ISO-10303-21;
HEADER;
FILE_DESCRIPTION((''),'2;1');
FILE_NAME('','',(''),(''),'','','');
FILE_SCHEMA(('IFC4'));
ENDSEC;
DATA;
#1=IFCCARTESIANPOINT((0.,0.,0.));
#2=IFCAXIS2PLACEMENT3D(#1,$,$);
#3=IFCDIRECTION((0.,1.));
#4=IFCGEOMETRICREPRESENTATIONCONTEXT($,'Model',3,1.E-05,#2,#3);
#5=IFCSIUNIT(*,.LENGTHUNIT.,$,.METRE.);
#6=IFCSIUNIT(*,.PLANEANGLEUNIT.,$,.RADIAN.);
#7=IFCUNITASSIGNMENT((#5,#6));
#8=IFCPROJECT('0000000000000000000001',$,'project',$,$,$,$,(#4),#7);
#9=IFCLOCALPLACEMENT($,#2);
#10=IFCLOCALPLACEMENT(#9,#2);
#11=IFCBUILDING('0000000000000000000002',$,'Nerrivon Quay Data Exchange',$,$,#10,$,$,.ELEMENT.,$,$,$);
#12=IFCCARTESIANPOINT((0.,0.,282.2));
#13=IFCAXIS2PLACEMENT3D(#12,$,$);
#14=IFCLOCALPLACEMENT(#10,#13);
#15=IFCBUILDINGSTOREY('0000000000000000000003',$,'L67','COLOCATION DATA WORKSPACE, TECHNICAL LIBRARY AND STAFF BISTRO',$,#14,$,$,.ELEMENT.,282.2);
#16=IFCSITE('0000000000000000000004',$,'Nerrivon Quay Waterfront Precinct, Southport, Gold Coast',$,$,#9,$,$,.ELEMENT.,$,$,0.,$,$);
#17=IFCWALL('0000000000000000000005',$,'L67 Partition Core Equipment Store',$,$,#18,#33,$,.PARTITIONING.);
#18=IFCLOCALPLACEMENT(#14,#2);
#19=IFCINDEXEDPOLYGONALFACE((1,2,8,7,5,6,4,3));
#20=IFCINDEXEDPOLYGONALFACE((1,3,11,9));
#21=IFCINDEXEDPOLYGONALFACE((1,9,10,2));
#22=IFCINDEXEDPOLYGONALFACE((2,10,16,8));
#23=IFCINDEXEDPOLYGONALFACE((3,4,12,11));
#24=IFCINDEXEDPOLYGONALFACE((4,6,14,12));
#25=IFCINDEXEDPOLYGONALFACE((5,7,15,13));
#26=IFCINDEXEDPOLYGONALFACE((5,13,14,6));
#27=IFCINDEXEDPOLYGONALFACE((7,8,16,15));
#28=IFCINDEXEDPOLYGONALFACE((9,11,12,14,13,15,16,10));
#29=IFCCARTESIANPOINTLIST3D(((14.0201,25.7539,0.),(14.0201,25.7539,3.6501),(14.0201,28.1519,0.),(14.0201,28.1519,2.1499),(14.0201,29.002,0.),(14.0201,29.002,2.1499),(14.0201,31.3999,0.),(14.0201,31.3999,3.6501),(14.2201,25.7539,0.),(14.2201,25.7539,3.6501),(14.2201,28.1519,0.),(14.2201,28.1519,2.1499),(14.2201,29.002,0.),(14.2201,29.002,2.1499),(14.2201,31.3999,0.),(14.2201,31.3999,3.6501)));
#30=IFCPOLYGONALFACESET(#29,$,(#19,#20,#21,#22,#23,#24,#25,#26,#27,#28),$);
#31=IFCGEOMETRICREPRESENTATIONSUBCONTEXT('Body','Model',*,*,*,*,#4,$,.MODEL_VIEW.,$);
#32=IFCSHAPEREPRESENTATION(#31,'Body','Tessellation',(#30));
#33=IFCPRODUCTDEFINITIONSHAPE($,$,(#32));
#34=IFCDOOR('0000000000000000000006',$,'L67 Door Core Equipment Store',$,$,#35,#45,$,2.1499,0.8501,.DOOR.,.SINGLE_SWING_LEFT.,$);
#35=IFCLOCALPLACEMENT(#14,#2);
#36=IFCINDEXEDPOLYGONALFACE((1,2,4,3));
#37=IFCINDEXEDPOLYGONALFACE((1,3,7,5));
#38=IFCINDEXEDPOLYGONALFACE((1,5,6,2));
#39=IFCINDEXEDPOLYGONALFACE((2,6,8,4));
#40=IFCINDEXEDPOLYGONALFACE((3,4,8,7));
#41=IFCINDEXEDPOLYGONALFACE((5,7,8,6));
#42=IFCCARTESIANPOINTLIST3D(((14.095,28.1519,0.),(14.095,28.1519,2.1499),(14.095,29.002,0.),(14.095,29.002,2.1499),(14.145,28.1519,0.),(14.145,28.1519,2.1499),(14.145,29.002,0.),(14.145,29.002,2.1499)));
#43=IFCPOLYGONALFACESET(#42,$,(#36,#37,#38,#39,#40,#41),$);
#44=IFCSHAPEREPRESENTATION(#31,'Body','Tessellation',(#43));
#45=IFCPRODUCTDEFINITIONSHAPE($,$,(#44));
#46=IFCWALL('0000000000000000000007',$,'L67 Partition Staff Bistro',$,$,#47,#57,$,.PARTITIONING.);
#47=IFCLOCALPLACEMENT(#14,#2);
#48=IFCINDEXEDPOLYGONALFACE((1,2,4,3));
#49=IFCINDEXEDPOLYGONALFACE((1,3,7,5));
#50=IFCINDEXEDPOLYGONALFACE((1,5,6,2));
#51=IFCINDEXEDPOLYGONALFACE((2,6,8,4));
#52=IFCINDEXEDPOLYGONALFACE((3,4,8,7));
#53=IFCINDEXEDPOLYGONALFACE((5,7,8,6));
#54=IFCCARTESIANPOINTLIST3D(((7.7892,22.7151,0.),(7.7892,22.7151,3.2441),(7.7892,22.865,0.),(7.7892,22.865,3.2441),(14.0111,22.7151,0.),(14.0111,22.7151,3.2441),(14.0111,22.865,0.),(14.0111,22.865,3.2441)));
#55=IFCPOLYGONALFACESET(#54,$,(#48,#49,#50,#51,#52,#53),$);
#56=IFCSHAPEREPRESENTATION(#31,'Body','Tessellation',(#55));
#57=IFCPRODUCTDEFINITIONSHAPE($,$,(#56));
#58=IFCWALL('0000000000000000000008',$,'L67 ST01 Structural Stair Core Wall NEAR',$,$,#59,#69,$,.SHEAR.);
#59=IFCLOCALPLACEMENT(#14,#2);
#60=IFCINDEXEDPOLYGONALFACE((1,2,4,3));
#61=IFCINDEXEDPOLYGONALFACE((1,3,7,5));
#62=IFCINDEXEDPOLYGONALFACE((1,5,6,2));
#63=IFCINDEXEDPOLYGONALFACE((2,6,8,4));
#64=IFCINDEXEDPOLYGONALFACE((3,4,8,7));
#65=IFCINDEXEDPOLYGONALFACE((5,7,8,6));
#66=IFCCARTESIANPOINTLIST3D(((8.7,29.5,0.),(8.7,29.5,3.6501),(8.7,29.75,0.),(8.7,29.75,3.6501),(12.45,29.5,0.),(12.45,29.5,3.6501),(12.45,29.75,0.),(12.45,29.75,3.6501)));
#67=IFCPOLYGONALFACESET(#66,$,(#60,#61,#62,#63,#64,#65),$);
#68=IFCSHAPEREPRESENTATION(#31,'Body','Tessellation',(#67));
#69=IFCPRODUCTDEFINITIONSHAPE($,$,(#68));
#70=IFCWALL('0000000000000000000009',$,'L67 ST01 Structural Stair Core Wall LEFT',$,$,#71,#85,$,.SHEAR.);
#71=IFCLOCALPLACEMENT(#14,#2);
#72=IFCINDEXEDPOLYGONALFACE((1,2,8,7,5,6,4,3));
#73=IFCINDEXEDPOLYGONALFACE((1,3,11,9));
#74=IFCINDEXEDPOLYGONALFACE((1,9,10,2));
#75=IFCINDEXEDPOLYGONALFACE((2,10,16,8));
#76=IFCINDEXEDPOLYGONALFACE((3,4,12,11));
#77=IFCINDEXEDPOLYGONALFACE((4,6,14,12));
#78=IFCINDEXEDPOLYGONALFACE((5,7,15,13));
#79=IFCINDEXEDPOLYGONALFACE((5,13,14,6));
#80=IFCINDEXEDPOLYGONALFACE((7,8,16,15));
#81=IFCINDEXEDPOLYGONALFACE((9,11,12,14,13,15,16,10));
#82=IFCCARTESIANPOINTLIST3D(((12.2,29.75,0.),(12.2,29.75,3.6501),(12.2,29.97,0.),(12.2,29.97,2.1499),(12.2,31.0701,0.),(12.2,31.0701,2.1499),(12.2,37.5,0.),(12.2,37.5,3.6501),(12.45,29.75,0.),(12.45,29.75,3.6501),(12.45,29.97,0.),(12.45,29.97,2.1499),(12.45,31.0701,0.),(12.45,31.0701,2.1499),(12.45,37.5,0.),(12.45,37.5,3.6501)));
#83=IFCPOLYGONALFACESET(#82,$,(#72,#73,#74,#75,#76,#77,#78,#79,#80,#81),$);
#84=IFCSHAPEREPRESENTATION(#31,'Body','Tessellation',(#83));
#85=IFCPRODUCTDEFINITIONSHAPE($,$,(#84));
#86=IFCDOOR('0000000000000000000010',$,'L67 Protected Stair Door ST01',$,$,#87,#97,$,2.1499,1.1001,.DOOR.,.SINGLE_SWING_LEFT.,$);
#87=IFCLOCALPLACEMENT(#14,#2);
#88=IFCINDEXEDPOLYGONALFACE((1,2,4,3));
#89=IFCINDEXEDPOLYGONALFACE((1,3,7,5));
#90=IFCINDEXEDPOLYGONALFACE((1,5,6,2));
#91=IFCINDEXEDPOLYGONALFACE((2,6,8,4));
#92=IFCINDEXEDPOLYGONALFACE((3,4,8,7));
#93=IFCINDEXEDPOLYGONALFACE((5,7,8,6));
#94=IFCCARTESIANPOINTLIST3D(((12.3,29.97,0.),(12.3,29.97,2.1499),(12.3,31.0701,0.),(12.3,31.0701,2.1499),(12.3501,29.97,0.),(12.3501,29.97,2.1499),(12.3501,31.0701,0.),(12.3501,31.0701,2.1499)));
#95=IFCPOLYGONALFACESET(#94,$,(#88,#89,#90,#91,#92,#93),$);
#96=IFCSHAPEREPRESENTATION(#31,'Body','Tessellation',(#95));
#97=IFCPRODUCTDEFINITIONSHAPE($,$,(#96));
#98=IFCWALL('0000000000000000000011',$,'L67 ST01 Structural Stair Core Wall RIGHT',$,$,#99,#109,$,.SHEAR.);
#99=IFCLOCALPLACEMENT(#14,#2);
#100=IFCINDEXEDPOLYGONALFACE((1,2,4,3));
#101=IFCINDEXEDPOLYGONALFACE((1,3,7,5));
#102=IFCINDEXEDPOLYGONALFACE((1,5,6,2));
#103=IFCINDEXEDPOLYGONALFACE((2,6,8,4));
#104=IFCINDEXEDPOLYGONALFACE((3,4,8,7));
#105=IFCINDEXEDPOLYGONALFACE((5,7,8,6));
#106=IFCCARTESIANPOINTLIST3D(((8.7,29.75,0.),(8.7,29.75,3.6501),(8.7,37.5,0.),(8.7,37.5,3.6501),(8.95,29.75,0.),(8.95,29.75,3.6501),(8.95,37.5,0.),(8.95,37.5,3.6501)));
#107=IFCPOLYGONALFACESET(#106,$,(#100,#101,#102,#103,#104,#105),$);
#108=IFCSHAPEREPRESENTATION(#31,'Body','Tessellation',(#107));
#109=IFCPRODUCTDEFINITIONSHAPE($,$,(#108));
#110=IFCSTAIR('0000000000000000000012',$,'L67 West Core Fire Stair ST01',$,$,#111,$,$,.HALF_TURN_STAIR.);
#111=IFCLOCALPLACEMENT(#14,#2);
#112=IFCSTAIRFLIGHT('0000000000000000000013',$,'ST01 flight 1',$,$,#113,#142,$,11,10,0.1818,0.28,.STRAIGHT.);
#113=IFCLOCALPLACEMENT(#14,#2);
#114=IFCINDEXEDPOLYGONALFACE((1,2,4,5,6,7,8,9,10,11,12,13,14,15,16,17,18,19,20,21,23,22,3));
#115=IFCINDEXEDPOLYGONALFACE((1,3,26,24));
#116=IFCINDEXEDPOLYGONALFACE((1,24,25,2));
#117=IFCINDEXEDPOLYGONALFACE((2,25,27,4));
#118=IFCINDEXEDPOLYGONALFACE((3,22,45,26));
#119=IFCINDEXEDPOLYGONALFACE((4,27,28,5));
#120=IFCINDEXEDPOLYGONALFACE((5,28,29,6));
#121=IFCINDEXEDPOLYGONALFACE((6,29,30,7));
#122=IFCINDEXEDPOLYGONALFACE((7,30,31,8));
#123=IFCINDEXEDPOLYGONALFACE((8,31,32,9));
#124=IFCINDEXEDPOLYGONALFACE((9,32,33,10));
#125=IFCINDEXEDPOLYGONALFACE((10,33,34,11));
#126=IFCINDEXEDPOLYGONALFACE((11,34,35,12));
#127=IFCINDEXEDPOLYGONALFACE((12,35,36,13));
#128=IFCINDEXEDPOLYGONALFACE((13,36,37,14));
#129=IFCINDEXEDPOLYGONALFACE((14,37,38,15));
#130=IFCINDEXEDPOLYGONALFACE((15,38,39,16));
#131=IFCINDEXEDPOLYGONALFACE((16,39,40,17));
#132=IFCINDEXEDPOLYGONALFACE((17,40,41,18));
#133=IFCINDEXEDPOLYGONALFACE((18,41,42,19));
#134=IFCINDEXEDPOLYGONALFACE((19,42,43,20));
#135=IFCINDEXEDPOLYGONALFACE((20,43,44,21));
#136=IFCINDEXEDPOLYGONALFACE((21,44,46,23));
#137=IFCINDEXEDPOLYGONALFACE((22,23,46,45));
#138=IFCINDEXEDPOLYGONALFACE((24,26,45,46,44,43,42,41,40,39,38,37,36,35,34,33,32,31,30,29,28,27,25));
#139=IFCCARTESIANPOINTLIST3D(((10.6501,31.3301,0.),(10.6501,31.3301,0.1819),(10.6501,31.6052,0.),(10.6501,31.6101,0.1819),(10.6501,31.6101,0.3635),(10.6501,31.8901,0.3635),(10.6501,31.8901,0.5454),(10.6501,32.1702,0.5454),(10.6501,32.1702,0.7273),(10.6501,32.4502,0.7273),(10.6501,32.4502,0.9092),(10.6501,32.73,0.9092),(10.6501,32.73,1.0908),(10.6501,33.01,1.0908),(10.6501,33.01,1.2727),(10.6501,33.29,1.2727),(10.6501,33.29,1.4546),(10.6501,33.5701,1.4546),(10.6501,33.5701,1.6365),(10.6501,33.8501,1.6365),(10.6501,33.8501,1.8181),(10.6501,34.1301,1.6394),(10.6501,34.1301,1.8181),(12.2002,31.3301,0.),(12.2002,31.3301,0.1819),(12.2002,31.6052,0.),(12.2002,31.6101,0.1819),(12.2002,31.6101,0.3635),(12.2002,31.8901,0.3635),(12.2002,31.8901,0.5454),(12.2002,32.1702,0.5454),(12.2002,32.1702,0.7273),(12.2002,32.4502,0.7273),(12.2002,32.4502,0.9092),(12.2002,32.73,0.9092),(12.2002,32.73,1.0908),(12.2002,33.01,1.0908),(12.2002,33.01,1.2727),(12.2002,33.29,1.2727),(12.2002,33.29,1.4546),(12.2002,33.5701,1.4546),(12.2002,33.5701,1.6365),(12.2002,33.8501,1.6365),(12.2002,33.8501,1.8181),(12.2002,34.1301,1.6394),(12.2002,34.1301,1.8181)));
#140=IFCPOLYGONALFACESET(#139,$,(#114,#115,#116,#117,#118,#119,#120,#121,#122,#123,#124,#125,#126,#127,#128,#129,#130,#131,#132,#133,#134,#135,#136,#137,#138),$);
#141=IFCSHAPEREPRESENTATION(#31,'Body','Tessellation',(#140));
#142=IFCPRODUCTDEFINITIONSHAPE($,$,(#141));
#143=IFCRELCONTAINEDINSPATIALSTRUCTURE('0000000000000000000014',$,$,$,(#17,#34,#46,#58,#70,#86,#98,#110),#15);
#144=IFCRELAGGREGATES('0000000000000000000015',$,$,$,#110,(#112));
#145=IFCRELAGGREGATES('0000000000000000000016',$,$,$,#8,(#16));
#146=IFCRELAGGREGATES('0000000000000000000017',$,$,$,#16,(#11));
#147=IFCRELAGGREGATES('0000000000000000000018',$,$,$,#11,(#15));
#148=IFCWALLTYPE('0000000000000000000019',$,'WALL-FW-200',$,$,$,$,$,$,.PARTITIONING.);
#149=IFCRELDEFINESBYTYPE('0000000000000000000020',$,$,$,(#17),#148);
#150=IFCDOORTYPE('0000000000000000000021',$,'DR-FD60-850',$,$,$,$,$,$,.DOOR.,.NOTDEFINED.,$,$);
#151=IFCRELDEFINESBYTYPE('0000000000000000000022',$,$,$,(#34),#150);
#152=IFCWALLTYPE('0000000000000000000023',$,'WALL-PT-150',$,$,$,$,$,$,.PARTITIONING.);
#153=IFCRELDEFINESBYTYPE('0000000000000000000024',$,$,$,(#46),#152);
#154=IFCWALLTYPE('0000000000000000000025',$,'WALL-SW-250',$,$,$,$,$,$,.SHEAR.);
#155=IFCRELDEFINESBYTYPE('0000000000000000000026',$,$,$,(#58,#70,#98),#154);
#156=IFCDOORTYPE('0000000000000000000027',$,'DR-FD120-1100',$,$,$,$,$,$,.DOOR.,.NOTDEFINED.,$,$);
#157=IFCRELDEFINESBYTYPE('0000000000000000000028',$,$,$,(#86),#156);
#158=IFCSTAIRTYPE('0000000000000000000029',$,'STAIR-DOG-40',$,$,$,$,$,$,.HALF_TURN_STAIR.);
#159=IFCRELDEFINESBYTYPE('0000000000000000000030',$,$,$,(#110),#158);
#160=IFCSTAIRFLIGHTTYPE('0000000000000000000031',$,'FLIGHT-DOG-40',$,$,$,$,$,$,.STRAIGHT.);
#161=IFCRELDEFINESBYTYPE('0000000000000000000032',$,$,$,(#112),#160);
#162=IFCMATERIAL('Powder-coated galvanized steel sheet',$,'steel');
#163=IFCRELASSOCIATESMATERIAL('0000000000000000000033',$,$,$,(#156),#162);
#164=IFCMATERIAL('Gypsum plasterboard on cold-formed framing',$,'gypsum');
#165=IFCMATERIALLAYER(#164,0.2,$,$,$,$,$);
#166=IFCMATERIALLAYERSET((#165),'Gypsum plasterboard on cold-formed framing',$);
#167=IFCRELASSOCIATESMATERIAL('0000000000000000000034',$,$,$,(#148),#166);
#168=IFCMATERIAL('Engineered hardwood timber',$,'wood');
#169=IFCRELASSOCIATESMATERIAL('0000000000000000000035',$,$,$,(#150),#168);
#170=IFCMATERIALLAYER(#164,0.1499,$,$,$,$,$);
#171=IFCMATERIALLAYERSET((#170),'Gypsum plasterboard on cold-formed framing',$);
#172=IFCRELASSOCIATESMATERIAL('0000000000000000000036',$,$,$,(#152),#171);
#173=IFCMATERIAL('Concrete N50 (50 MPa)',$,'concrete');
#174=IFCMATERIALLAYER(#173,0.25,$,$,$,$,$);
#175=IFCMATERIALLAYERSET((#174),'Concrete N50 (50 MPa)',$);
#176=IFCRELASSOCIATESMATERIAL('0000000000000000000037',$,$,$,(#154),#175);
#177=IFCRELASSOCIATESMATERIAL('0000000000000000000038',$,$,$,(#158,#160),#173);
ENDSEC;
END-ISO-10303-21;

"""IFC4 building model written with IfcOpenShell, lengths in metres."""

from ifc_helpers import new_model, si_unit, direction, frame, frame_2d, origin, place, context, subcontext, project, spatial, polyline, rectangle, outline, extrude, material, layer, layer_set, type_object, element, fill, aggregate, save


model = new_model("IFC4")

# Units and contexts
model_context = context("Model", 3, precision=1e-05, world=origin(), true_north=direction((0.0, 1.0)))
body_context = subcontext(model_context, "Body", "Model", "MODEL_VIEW")
ifc_project = project(units=[si_unit("LENGTHUNIT", "METRE"), si_unit("PLANEANGLEUNIT", "RADIAN")], contexts=[model_context])

# Site, building, storey
site_placement = place(None, origin())
site = spatial("IfcSite", under=ifc_project, at=site_placement, Name="Nerrivon Quay Waterfront Precinct, Southport, Gold Coast", CompositionType="ELEMENT", RefElevation=0.0)
building_placement = place(site_placement, origin())
building = spatial("IfcBuilding", under=site, at=building_placement, Name="Nerrivon Quay Data Exchange", CompositionType="ELEMENT")
storey_placement = place(building_placement, frame((0.0, 0.0, 282.2)))
storey = spatial("IfcBuildingStorey", under=building, at=storey_placement, Name="L67", Description="COLOCATION DATA WORKSPACE, TECHNICAL LIBRARY AND STAFF BISTRO", CompositionType="ELEMENT", Elevation=282.2)

# Shared definitions
ifc_material_1 = material(Name="Concrete N50 (50 MPa)", Category="concrete")

# Shared definitions
ifc_material_2 = material(Name="Powder-coated galvanized steel sheet", Category="steel")
door_type_1 = type_object("IfcDoorType", Name="DR-FD120-1100", OperationType="NOTDEFINED", PredefinedType="DOOR", material=ifc_material_2)
ifc_material_3 = material(Name="Gypsum plasterboard on cold-formed framing", Category="gypsum")
ifc_layer_1 = layer(ifc_material_3, 0.2)
ifc_layer_set_1 = layer_set([ifc_layer_1], Name="Gypsum plasterboard on cold-formed framing")
wall_type_1 = type_object("IfcWallType", Name="WALL-FW-200", PredefinedType="PARTITIONING", material=ifc_layer_set_1)

# Wall, opening, door
wall_1_placement = place(storey_placement, frame((14.1201, 31.3999, 0.0), z_axis=(0.0, 0.0, 1.0), x_axis=(0.0, -1.0, 0.0)))
wall_1 = element("IfcWall", 1, at=wall_1_placement, inside=storey, type_object=wall_type_1, Name="L67 Partition Core Equipment Store", PredefinedType="PARTITIONING", context=body_context, shape_type="SweptSolid", body=[
    extrude(rectangle(XDim=5.646, YDim=0.2, at=frame_2d((2.823, 0.0))), origin(), (0.0, 0.0, 1.0), 3.6501),
])
opening_1_placement = place(wall_1_placement, frame((2.3979, 0.0, 0.0)))
opening_1 = element("IfcOpeningElement", 2, at=opening_1_placement, cuts=wall_1, PredefinedType="OPENING", context=body_context, shape_type="SweptSolid", body=[
    extrude(rectangle(XDim=0.8501, YDim=2.1499, at=frame_2d((0.425, 1.075))), frame((0.0, 0.1099, 0.0), z_axis=(0.0, -1.0, 0.0), x_axis=(1.0, 0.0, 0.0)), (0.0, 0.0, 1.0), 0.22),
])
ifc_material_4 = material(Name="Engineered hardwood timber", Category="wood")
door_type_2 = type_object("IfcDoorType", Name="DR-FD60-850", OperationType="NOTDEFINED", PredefinedType="DOOR", material=ifc_material_4)
door_1_placement = place(opening_1_placement, origin())
door_1 = element("IfcDoor", 3, at=door_1_placement, inside=storey, type_object=door_type_2, Name="L67 Door Core Equipment Store", OperationType="SINGLE_SWING_LEFT", OverallHeight=2.1499, OverallWidth=0.8501, PredefinedType="DOOR", context=body_context, shape_type="SweptSolid", body=[
    extrude(rectangle(XDim=0.8501, YDim=2.1499, at=frame_2d((0.425, 1.075))), frame((0.0, 0.0249, 0.0), z_axis=(0.0, -1.0, 0.0), x_axis=(1.0, 0.0, 0.0)), (0.0, 0.0, 1.0), 0.05),
])
fill(opening_1, door_1)

# Walls
ifc_layer_2 = layer(ifc_material_3, 0.1499)
ifc_layer_set_2 = layer_set([ifc_layer_2], Name="Gypsum plasterboard on cold-formed framing")
wall_type_2 = type_object("IfcWallType", Name="WALL-PT-150", PredefinedType="PARTITIONING", material=ifc_layer_set_2)
wall_2_placement = place(storey_placement, frame((14.011, 22.79, 0.0), z_axis=(0.0, 0.0, 1.0), x_axis=(-1.0, 0.0, 0.0)))
element("IfcWall", 4, at=wall_2_placement, inside=storey, type_object=wall_type_2, Name="L67 Partition Staff Bistro", PredefinedType="PARTITIONING", context=body_context, shape_type="SweptSolid", body=[
    extrude(rectangle(XDim=6.2219, YDim=0.1499, at=frame_2d((3.1108, 0.0))), origin(), (0.0, 0.0, 1.0), 3.2441),
])
ifc_layer_3 = layer(ifc_material_1, 0.25)
ifc_layer_set_3 = layer_set([ifc_layer_3], Name="Concrete N50 (50 MPa)")
wall_type_3 = type_object("IfcWallType", Name="WALL-SW-250", PredefinedType="SHEAR", material=ifc_layer_set_3)
wall_3_placement = place(storey_placement, frame((12.45, 29.625, 0.0), z_axis=(0.0, 0.0, 1.0), x_axis=(-1.0, 0.0, 0.0)))
element("IfcWall", 5, at=wall_3_placement, inside=storey, type_object=wall_type_3, Name="L67 ST01 Structural Stair Core Wall NEAR", PredefinedType="SHEAR", context=body_context, shape_type="SweptSolid", body=[
    extrude(rectangle(XDim=3.75, YDim=0.25, at=frame_2d((1.875, 0.0))), origin(), (0.0, 0.0, 1.0), 3.6501),
])

# Wall, opening, door
wall_4_placement = place(storey_placement, frame((12.325, 29.75, 0.0), z_axis=(0.0, 0.0, 1.0), x_axis=(0.0, 1.0, 0.0)))
wall_4 = element("IfcWall", 6, at=wall_4_placement, inside=storey, type_object=wall_type_3, Name="L67 ST01 Structural Stair Core Wall LEFT", PredefinedType="SHEAR", context=body_context, shape_type="SweptSolid", body=[
    extrude(rectangle(XDim=7.75, YDim=0.25, at=frame_2d((3.875, 0.0))), origin(), (0.0, 0.0, 1.0), 3.6501),
])
opening_2_placement = place(wall_4_placement, frame((0.22, 0.0, 0.0)))
opening_2 = element("IfcOpeningElement", 7, at=opening_2_placement, cuts=wall_4, PredefinedType="OPENING", context=body_context, shape_type="SweptSolid", body=[
    extrude(rectangle(XDim=1.1001, YDim=2.1499, at=frame_2d((0.55, 1.075))), frame((0.0, 0.135, 0.0), z_axis=(0.0, -1.0, 0.0), x_axis=(1.0, 0.0, 0.0)), (0.0, 0.0, 1.0), 0.27),
])
door_2_placement = place(opening_2_placement, origin())
door_2 = element("IfcDoor", 8, at=door_2_placement, inside=storey, type_object=door_type_1, Name="L67 Protected Stair Door ST01", OperationType="SINGLE_SWING_LEFT", OverallHeight=2.1499, OverallWidth=1.1001, PredefinedType="DOOR", context=body_context, shape_type="SweptSolid", body=[
    extrude(rectangle(XDim=1.1001, YDim=2.1499, at=frame_2d((0.55, 1.075))), frame((0.0, 0.0249, 0.0), z_axis=(0.0, -1.0, 0.0), x_axis=(1.0, 0.0, 0.0)), (0.0, 0.0, 1.0), 0.05),
])
fill(opening_2, door_2)

# Wall
wall_5_placement = place(storey_placement, frame((8.825, 29.75, 0.0), z_axis=(0.0, 0.0, 1.0), x_axis=(0.0, 1.0, 0.0)))
element("IfcWall", 9, at=wall_5_placement, inside=storey, type_object=wall_type_3, Name="L67 ST01 Structural Stair Core Wall RIGHT", PredefinedType="SHEAR", context=body_context, shape_type="SweptSolid", body=[
    extrude(rectangle(XDim=7.75, YDim=0.25, at=frame_2d((3.875, 0.0))), origin(), (0.0, 0.0, 1.0), 3.6501),
])

# Stair, stair flight
stair_type = type_object("IfcStairType", Name="STAIR-DOG-40", PredefinedType="HALF_TURN_STAIR", material=ifc_material_1)
stair_placement = place(storey_placement, origin())
stair = element("IfcStair", 10, at=stair_placement, inside=storey, type_object=stair_type, Name="L67 West Core Fire Stair ST01", PredefinedType="HALF_TURN_STAIR")
stair_flight_type = type_object("IfcStairFlightType", Name="FLIGHT-DOG-40", PredefinedType="STRAIGHT", material=ifc_material_1)
stair_flight_placement = place(storey_placement, frame((11.425, 31.3301, 0.0), z_axis=(0.0, 0.0, 1.0), x_axis=(0.0, 1.0, 0.0)))
stair_flight = element("IfcStairFlight", 11, at=stair_flight_placement, type_object=stair_flight_type, Name="ST01 flight 1", NumberOfRisers=11, NumberOfTreads=10, PredefinedType="STRAIGHT", RiserHeight=0.1818, TreadLength=0.28, context=body_context, shape_type="SweptSolid", body=[
    extrude(outline(polyline([(0.0, 0.0), (0.0, 0.1819), (0.28, 0.1819), (0.28, 0.3635), (0.5601, 0.3635), (0.5601, 0.5454), (0.8401, 0.5454), (0.8401, 0.7273), (1.1201, 0.7273), (1.1201, 0.9092), (1.3999, 0.9092), (1.3999, 1.0908), (1.6799, 1.0908), (1.6799, 1.2727), (1.96, 1.2727), (1.96, 1.4546), (2.24, 1.4546), (2.24, 1.6365), (2.52, 1.6365), (2.52, 1.8181), (2.8, 1.8181), (2.8, 2.0), (2.8, 1.6394), (0.2751, 0.0), (0.0, 0.0)])), frame((0.0, 0.7749, 0.0), z_axis=(0.0, -1.0, 0.0), x_axis=(1.0, 0.0, 0.0)), (0.0, 0.0, 1.0), 1.55),
])
aggregate(stair, [stair_flight])

save(model, "model.ifc")
